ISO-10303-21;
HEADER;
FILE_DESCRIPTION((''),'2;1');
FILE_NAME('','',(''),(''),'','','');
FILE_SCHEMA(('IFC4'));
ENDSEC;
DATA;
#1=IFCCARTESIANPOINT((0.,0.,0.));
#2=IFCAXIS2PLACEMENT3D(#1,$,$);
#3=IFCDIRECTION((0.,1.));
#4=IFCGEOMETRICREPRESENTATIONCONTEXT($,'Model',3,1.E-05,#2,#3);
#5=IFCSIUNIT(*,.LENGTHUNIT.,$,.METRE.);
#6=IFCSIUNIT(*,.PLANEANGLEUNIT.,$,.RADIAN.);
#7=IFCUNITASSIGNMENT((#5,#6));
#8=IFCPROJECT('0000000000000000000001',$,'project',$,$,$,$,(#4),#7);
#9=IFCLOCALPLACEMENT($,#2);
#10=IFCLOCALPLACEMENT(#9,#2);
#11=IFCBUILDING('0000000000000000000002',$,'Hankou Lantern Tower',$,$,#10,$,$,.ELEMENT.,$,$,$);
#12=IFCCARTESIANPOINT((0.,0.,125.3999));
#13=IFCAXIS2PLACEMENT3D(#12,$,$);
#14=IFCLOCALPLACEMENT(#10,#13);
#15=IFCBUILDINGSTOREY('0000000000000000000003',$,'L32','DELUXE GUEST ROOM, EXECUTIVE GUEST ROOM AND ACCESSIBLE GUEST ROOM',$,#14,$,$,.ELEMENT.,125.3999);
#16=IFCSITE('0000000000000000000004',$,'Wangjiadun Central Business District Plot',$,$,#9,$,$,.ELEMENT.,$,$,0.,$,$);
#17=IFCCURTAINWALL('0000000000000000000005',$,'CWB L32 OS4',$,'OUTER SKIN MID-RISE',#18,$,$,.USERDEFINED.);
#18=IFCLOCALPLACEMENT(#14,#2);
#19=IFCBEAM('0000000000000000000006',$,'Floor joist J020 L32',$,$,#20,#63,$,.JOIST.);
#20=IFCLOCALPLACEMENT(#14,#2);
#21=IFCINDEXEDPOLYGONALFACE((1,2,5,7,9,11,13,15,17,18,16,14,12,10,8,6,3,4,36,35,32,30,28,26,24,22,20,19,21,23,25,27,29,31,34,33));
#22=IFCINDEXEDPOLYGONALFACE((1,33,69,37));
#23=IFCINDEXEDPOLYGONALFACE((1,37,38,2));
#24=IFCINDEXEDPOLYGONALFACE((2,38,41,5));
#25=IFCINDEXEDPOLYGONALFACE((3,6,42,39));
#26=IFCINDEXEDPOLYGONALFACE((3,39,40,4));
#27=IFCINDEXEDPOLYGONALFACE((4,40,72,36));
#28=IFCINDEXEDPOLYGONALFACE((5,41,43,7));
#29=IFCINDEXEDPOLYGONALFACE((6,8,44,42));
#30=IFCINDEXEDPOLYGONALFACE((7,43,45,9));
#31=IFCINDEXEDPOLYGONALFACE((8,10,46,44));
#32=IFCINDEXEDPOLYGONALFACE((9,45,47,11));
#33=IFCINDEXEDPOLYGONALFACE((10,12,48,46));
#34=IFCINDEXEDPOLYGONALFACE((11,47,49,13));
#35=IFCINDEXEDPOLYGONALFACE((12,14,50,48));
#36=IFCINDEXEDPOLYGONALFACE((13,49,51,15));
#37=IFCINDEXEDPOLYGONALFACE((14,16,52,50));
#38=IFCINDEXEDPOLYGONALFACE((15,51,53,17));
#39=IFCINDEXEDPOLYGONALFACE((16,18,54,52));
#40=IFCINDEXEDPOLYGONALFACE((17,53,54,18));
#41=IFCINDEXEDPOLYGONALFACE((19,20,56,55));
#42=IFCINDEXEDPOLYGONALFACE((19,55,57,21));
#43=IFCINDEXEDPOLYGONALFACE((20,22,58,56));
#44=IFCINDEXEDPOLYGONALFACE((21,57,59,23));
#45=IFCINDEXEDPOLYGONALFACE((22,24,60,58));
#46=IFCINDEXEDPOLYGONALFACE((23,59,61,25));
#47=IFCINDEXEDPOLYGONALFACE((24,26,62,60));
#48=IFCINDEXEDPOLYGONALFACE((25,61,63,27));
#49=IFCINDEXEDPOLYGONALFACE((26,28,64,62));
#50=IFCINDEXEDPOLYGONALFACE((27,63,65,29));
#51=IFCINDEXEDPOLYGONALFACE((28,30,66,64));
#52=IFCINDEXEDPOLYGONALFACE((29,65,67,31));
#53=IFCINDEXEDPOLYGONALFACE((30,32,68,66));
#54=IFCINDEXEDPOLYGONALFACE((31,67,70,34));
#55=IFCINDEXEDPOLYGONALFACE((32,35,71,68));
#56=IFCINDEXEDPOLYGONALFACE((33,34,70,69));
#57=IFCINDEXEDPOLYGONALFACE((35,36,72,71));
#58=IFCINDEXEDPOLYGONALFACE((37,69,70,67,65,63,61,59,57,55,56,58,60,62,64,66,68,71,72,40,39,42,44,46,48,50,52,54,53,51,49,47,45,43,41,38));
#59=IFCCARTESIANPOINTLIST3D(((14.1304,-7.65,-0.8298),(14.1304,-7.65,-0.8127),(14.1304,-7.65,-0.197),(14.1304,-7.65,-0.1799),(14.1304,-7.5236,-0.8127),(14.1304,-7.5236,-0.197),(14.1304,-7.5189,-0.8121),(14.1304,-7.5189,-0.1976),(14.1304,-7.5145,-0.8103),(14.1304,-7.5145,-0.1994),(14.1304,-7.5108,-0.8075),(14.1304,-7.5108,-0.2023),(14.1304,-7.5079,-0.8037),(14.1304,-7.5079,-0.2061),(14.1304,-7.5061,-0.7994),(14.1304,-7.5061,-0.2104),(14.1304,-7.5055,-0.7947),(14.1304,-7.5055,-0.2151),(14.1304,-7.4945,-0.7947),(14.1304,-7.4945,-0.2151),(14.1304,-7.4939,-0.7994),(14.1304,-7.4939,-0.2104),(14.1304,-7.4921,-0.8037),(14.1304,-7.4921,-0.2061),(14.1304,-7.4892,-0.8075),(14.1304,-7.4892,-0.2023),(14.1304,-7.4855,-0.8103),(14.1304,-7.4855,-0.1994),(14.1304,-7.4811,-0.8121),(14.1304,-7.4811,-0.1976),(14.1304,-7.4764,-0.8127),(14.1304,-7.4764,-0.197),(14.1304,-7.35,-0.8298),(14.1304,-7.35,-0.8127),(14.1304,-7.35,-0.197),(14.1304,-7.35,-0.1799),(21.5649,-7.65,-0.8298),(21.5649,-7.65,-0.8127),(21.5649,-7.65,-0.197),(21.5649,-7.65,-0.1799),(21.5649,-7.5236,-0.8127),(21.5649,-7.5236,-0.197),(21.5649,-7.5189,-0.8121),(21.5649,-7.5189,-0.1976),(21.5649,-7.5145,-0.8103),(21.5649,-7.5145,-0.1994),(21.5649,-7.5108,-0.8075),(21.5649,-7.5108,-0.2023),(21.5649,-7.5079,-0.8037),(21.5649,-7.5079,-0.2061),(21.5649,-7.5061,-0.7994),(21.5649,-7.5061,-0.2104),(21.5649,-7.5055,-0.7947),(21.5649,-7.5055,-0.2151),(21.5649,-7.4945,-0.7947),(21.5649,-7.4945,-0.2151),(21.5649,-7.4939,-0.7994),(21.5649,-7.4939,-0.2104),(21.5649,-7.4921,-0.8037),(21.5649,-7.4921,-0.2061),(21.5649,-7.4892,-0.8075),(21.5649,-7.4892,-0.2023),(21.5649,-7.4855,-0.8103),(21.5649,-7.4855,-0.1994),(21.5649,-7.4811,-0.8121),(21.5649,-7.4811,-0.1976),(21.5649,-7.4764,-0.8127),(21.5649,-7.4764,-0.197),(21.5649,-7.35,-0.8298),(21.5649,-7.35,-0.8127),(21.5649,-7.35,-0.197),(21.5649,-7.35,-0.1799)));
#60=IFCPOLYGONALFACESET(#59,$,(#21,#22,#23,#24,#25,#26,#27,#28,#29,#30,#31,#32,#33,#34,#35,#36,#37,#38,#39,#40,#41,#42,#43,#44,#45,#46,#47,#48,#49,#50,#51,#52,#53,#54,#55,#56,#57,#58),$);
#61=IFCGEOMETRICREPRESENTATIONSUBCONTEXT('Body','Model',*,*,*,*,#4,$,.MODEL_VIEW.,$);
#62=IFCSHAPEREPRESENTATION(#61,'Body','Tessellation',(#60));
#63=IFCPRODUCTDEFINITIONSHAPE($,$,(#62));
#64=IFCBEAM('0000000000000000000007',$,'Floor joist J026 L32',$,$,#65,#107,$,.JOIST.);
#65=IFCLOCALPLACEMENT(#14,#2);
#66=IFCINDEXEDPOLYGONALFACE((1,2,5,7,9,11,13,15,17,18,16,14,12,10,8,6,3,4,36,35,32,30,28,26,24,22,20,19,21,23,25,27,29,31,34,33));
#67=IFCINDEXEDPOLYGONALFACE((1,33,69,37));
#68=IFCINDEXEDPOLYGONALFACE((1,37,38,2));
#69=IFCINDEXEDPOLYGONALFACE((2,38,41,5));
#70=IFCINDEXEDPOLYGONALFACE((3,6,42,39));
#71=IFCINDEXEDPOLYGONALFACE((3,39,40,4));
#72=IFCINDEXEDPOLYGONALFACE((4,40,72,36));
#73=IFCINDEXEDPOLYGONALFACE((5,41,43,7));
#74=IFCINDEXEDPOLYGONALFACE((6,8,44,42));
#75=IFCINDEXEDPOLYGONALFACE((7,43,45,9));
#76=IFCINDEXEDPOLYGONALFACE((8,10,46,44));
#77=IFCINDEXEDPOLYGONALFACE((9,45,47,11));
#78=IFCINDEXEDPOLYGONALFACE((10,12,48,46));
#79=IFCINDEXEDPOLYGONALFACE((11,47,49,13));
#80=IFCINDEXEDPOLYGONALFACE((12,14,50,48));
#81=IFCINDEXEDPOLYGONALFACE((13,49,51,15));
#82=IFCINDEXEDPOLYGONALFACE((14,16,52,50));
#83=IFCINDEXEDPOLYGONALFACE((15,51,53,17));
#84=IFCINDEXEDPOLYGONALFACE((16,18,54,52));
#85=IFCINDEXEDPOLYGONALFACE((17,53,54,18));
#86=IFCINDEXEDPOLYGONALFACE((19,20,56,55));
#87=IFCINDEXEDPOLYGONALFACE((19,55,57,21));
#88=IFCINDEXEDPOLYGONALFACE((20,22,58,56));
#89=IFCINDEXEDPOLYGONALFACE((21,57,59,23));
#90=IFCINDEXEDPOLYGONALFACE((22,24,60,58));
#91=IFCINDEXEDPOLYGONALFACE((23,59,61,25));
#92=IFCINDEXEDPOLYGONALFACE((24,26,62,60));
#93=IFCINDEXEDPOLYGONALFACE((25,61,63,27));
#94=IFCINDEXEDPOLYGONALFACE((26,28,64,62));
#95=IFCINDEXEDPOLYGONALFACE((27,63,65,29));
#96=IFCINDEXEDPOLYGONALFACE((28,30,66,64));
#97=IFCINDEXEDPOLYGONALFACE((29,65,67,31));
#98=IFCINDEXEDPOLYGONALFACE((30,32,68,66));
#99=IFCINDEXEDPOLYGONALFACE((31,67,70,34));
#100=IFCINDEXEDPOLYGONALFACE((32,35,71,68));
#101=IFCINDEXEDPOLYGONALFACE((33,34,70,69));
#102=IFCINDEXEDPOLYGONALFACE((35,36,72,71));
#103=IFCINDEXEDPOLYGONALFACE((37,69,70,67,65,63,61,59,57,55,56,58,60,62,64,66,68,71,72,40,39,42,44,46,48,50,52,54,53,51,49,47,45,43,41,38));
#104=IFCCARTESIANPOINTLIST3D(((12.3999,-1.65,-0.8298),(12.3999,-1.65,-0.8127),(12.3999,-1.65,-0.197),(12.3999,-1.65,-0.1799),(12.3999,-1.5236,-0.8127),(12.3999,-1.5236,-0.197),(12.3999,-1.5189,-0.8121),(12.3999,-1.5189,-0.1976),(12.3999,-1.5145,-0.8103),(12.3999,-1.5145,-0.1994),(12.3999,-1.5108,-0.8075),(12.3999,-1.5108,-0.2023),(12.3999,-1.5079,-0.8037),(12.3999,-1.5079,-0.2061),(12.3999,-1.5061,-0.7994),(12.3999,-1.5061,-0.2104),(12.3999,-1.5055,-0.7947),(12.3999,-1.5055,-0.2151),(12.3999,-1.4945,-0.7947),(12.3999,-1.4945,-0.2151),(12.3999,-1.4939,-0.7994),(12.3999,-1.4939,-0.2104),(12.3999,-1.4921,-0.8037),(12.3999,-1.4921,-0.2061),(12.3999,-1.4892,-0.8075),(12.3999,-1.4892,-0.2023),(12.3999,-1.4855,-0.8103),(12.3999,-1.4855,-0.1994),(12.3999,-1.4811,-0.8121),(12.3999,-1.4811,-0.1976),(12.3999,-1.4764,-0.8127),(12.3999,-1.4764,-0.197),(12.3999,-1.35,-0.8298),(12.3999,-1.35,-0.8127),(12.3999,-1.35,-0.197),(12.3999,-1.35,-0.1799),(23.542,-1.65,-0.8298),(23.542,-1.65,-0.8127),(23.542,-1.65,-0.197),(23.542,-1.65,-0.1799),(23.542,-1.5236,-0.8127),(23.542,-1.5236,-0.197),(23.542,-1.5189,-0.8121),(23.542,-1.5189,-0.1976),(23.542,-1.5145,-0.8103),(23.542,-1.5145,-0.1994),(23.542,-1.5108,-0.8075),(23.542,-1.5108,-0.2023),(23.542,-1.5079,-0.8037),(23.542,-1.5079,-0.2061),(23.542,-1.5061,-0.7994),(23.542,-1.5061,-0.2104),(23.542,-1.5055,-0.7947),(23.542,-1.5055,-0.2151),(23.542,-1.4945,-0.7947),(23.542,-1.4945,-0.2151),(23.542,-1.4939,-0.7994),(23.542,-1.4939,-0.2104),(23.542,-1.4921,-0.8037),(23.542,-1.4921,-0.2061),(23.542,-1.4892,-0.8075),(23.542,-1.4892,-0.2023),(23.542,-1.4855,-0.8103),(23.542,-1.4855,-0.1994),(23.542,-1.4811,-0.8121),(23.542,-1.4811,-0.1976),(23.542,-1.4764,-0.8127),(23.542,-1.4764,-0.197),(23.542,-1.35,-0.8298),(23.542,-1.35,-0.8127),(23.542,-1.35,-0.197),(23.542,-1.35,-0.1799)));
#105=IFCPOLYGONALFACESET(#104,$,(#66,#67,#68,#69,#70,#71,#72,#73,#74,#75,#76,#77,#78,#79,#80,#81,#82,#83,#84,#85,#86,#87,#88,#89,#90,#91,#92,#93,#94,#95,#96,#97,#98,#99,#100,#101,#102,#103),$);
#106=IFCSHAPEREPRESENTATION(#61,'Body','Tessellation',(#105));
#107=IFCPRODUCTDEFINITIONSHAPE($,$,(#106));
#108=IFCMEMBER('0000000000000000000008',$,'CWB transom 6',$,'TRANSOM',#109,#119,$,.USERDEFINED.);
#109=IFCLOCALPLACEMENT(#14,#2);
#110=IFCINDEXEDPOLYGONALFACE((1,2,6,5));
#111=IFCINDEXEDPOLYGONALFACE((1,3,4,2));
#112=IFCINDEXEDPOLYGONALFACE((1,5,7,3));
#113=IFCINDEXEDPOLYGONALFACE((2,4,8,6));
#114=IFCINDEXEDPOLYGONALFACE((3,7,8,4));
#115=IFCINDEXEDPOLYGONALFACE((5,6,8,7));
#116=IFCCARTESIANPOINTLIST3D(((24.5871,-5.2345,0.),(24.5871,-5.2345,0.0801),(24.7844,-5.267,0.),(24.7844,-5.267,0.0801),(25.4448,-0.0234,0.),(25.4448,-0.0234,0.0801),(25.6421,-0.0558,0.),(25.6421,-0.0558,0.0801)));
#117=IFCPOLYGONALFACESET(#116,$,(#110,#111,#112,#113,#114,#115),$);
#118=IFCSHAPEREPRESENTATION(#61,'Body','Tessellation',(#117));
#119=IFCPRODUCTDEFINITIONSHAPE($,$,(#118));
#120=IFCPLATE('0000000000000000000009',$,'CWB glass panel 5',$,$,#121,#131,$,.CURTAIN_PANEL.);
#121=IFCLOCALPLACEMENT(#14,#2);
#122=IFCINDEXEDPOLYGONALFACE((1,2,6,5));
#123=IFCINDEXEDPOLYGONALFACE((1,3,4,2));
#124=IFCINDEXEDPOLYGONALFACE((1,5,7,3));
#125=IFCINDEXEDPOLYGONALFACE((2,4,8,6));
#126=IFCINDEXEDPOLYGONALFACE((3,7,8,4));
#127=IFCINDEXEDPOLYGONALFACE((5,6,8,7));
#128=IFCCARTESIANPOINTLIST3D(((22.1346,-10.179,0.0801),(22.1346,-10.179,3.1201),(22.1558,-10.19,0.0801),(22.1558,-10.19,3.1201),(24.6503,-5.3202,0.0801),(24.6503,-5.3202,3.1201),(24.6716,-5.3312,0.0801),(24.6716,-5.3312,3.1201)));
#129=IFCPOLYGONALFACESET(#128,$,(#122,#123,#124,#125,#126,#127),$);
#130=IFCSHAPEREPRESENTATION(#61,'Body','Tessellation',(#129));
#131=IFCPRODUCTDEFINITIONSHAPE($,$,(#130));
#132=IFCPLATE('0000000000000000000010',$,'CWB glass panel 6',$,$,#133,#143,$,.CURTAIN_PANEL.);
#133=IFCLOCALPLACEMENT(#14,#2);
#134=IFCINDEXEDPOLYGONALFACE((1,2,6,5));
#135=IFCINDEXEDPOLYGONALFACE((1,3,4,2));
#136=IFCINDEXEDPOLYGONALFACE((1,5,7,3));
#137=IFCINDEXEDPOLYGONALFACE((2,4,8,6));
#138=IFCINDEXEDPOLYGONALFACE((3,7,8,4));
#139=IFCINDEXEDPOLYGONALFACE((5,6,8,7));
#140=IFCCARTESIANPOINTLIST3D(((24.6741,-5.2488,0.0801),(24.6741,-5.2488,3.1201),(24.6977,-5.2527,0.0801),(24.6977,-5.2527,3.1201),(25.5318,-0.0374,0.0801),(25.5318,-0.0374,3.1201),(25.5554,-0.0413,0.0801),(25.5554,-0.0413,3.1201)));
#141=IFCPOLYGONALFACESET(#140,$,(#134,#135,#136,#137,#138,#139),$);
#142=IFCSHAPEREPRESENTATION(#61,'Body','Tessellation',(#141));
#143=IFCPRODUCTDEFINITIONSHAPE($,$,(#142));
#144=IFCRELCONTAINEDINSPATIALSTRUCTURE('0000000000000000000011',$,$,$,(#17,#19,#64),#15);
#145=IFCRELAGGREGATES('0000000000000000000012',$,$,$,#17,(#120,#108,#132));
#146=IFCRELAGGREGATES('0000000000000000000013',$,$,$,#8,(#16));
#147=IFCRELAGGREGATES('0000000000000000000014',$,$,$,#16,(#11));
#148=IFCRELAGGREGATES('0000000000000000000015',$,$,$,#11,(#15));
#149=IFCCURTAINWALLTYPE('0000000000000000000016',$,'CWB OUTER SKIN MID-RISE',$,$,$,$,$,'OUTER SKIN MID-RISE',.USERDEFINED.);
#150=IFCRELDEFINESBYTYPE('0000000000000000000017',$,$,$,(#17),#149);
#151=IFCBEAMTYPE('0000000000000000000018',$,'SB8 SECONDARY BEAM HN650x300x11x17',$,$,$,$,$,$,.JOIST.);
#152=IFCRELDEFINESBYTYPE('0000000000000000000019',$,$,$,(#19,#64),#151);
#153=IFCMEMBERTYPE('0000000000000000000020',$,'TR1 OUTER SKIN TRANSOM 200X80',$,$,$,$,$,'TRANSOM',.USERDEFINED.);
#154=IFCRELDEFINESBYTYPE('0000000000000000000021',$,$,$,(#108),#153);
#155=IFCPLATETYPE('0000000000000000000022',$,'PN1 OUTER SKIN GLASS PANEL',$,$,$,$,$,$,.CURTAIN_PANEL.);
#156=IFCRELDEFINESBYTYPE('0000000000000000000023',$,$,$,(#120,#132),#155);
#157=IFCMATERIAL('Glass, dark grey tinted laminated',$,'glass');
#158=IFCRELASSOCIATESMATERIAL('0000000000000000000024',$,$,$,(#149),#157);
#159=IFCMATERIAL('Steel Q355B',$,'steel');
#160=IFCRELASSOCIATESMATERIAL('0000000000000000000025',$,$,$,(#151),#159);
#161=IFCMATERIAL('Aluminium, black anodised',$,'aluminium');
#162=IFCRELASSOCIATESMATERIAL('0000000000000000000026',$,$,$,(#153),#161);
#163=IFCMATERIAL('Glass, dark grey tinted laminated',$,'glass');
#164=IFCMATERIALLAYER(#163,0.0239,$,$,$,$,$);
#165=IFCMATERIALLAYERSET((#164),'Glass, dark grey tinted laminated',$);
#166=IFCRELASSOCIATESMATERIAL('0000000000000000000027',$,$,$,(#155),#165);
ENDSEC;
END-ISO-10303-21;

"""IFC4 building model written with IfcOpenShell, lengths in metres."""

from ifc_helpers import new_model, si_unit, direction, frame, origin, origin_2d, place, context, subcontext, project, spatial, rectangle, i_section, extrude, material, layer, layer_set, material_profile, profile_set, type_object, element, aggregate, save


model = new_model("IFC4")

# Units and contexts
model_context = context("Model", 3, precision=1e-05, world=origin(), true_north=direction((0.0, 1.0)))
body_context = subcontext(model_context, "Body", "Model", "MODEL_VIEW")
ifc_project = project(units=[si_unit("LENGTHUNIT", "METRE"), si_unit("PLANEANGLEUNIT", "RADIAN")], contexts=[model_context])

# Site, building, storey
site_placement = place(None, origin())
site = spatial("IfcSite", under=ifc_project, at=site_placement, Name="Wangjiadun Central Business District Plot", CompositionType="ELEMENT", RefElevation=0.0)
building_placement = place(site_placement, origin())
building = spatial("IfcBuilding", under=site, at=building_placement, Name="Hankou Lantern Tower", CompositionType="ELEMENT")
storey_placement = place(building_placement, frame((0.0, 0.0, 125.3999)))
storey = spatial("IfcBuildingStorey", under=building, at=storey_placement, Name="L32", Description="DELUXE GUEST ROOM, EXECUTIVE GUEST ROOM AND ACCESSIBLE GUEST ROOM", CompositionType="ELEMENT", Elevation=125.3999)

# Curtain wall
ifc_material_1 = material(Name="Glass, dark grey tinted laminated", Category="glass")
curtain_wall_type = type_object("IfcCurtainWallType", Name="CWB OUTER SKIN MID-RISE", ElementType="OUTER SKIN MID-RISE", PredefinedType="USERDEFINED", material=ifc_material_1)
curtain_wall_placement = place(storey_placement, origin())
curtain_wall = element("IfcCurtainWall", 1, at=curtain_wall_placement, inside=storey, type_object=curtain_wall_type, Name="CWB L32 OS4", ObjectType="OUTER SKIN MID-RISE", PredefinedType="USERDEFINED")

# Beams
ifc_material_2 = material(Name="Steel Q355B", Category="steel")
ifc_material_profile_1 = material_profile(ifc_material_2, i_section(OverallWidth=0.3, OverallDepth=0.6499, WebThickness=0.011, FlangeThickness=0.0171, FilletRadius=0.0181, at=origin_2d()), Name="HN650x300x11x17")
ifc_profile_set_1 = profile_set([ifc_material_profile_1], Name="Steel Q355B")
beam_type_1 = type_object("IfcBeamType", Name="SB8 SECONDARY BEAM HN650x300x11x17", PredefinedType="JOIST", material=ifc_profile_set_1)
beam_1_placement = place(storey_placement, frame((14.1304, -7.5, -0.5049), z_axis=(1.0, 0.0, 0.0), x_axis=(0.0, 1.0, 0.0)))
element("IfcBeam", 2, at=beam_1_placement, inside=storey, type_object=beam_type_1, Name="Floor joist J020 L32", PredefinedType="JOIST", context=body_context, shape_type="SweptSolid", body=[
    extrude(i_section(OverallWidth=0.3, OverallDepth=0.6499, WebThickness=0.011, FlangeThickness=0.0171, FilletRadius=0.0181, at=origin_2d()), origin(), (0.0, 0.0, 1.0), 7.4346),
])
beam_2_placement = place(storey_placement, frame((12.3999, -1.5, -0.5049), z_axis=(1.0, 0.0, 0.0), x_axis=(0.0, 1.0, 0.0)))
element("IfcBeam", 3, at=beam_2_placement, inside=storey, type_object=beam_type_1, Name="Floor joist J026 L32", PredefinedType="JOIST", context=body_context, shape_type="SweptSolid", body=[
    extrude(i_section(OverallWidth=0.3, OverallDepth=0.6499, WebThickness=0.011, FlangeThickness=0.0171, FilletRadius=0.0181, at=origin_2d()), origin(), (0.0, 0.0, 1.0), 11.1421),
])

# Member
ifc_material_3 = material(Name="Aluminium, black anodised", Category="aluminium")
ifc_material_profile_2 = material_profile(ifc_material_3, rectangle(XDim=0.2, YDim=0.0801, at=origin_2d()), Name="TR1 200X80")
ifc_profile_set_2 = profile_set([ifc_material_profile_2], Name="Aluminium, black anodised")
member_type_1 = type_object("IfcMemberType", Name="TR1 OUTER SKIN TRANSOM 200X80", ElementType="TRANSOM", PredefinedType="USERDEFINED", material=ifc_profile_set_2)
member_1_placement = place(storey_placement, frame((24.6858, -5.2507, 0.04), z_axis=(0.162397, 0.986725, 0.0), x_axis=(-0.986725, 0.162397, 0.0)))
member_1 = element("IfcMember", 4, at=member_1_placement, type_object=member_type_1, Name="CWB transom 6", ObjectType="TRANSOM", PredefinedType="USERDEFINED", context=body_context, shape_type="SweptSolid", body=[
    extrude(rectangle(XDim=0.2, YDim=0.0801, at=origin_2d()), origin(), (0.0, 0.0, 1.0), 5.2812),
])

# Plates
ifc_material_4 = material(Name="Glass, dark grey tinted laminated", Category="glass")
ifc_layer_1 = layer(ifc_material_4, 0.0239)
ifc_layer_set_1 = layer_set([ifc_layer_1], Name="Glass, dark grey tinted laminated")
plate_type = type_object("IfcPlateType", Name="PN1 OUTER SKIN GLASS PANEL", PredefinedType="CURTAIN_PANEL", material=ifc_layer_set_1)
plate_1_placement = place(storey_placement, frame((23.4031, -7.7551, 0.0801), z_axis=(0.0, 0.0, 1.0), x_axis=(0.459791, 0.888027, 0.0)))
plate_1 = element("IfcPlate", 5, at=plate_1_placement, type_object=plate_type, Name="CWB glass panel 5", PredefinedType="CURTAIN_PANEL", context=body_context, shape_type="SweptSolid", body=[
    extrude(rectangle(XDim=5.4714, YDim=0.0239, at=origin_2d()), origin(), (0.0, 0.0, 1.0), 3.04),
])
plate_2_placement = place(storey_placement, frame((25.1147, -2.645, 0.0801), z_axis=(0.0, 0.0, 1.0), x_axis=(0.162382, 0.986728, 0.0)))
plate_2 = element("IfcPlate", 6, at=plate_2_placement, type_object=plate_type, Name="CWB glass panel 6", PredefinedType="CURTAIN_PANEL", context=body_context, shape_type="SweptSolid", body=[
    extrude(rectangle(XDim=5.2815, YDim=0.0239, at=origin_2d()), origin(), (0.0, 0.0, 1.0), 3.04),
])
aggregate(curtain_wall, [plate_1, member_1, plate_2])

save(model, "model.ifc")
